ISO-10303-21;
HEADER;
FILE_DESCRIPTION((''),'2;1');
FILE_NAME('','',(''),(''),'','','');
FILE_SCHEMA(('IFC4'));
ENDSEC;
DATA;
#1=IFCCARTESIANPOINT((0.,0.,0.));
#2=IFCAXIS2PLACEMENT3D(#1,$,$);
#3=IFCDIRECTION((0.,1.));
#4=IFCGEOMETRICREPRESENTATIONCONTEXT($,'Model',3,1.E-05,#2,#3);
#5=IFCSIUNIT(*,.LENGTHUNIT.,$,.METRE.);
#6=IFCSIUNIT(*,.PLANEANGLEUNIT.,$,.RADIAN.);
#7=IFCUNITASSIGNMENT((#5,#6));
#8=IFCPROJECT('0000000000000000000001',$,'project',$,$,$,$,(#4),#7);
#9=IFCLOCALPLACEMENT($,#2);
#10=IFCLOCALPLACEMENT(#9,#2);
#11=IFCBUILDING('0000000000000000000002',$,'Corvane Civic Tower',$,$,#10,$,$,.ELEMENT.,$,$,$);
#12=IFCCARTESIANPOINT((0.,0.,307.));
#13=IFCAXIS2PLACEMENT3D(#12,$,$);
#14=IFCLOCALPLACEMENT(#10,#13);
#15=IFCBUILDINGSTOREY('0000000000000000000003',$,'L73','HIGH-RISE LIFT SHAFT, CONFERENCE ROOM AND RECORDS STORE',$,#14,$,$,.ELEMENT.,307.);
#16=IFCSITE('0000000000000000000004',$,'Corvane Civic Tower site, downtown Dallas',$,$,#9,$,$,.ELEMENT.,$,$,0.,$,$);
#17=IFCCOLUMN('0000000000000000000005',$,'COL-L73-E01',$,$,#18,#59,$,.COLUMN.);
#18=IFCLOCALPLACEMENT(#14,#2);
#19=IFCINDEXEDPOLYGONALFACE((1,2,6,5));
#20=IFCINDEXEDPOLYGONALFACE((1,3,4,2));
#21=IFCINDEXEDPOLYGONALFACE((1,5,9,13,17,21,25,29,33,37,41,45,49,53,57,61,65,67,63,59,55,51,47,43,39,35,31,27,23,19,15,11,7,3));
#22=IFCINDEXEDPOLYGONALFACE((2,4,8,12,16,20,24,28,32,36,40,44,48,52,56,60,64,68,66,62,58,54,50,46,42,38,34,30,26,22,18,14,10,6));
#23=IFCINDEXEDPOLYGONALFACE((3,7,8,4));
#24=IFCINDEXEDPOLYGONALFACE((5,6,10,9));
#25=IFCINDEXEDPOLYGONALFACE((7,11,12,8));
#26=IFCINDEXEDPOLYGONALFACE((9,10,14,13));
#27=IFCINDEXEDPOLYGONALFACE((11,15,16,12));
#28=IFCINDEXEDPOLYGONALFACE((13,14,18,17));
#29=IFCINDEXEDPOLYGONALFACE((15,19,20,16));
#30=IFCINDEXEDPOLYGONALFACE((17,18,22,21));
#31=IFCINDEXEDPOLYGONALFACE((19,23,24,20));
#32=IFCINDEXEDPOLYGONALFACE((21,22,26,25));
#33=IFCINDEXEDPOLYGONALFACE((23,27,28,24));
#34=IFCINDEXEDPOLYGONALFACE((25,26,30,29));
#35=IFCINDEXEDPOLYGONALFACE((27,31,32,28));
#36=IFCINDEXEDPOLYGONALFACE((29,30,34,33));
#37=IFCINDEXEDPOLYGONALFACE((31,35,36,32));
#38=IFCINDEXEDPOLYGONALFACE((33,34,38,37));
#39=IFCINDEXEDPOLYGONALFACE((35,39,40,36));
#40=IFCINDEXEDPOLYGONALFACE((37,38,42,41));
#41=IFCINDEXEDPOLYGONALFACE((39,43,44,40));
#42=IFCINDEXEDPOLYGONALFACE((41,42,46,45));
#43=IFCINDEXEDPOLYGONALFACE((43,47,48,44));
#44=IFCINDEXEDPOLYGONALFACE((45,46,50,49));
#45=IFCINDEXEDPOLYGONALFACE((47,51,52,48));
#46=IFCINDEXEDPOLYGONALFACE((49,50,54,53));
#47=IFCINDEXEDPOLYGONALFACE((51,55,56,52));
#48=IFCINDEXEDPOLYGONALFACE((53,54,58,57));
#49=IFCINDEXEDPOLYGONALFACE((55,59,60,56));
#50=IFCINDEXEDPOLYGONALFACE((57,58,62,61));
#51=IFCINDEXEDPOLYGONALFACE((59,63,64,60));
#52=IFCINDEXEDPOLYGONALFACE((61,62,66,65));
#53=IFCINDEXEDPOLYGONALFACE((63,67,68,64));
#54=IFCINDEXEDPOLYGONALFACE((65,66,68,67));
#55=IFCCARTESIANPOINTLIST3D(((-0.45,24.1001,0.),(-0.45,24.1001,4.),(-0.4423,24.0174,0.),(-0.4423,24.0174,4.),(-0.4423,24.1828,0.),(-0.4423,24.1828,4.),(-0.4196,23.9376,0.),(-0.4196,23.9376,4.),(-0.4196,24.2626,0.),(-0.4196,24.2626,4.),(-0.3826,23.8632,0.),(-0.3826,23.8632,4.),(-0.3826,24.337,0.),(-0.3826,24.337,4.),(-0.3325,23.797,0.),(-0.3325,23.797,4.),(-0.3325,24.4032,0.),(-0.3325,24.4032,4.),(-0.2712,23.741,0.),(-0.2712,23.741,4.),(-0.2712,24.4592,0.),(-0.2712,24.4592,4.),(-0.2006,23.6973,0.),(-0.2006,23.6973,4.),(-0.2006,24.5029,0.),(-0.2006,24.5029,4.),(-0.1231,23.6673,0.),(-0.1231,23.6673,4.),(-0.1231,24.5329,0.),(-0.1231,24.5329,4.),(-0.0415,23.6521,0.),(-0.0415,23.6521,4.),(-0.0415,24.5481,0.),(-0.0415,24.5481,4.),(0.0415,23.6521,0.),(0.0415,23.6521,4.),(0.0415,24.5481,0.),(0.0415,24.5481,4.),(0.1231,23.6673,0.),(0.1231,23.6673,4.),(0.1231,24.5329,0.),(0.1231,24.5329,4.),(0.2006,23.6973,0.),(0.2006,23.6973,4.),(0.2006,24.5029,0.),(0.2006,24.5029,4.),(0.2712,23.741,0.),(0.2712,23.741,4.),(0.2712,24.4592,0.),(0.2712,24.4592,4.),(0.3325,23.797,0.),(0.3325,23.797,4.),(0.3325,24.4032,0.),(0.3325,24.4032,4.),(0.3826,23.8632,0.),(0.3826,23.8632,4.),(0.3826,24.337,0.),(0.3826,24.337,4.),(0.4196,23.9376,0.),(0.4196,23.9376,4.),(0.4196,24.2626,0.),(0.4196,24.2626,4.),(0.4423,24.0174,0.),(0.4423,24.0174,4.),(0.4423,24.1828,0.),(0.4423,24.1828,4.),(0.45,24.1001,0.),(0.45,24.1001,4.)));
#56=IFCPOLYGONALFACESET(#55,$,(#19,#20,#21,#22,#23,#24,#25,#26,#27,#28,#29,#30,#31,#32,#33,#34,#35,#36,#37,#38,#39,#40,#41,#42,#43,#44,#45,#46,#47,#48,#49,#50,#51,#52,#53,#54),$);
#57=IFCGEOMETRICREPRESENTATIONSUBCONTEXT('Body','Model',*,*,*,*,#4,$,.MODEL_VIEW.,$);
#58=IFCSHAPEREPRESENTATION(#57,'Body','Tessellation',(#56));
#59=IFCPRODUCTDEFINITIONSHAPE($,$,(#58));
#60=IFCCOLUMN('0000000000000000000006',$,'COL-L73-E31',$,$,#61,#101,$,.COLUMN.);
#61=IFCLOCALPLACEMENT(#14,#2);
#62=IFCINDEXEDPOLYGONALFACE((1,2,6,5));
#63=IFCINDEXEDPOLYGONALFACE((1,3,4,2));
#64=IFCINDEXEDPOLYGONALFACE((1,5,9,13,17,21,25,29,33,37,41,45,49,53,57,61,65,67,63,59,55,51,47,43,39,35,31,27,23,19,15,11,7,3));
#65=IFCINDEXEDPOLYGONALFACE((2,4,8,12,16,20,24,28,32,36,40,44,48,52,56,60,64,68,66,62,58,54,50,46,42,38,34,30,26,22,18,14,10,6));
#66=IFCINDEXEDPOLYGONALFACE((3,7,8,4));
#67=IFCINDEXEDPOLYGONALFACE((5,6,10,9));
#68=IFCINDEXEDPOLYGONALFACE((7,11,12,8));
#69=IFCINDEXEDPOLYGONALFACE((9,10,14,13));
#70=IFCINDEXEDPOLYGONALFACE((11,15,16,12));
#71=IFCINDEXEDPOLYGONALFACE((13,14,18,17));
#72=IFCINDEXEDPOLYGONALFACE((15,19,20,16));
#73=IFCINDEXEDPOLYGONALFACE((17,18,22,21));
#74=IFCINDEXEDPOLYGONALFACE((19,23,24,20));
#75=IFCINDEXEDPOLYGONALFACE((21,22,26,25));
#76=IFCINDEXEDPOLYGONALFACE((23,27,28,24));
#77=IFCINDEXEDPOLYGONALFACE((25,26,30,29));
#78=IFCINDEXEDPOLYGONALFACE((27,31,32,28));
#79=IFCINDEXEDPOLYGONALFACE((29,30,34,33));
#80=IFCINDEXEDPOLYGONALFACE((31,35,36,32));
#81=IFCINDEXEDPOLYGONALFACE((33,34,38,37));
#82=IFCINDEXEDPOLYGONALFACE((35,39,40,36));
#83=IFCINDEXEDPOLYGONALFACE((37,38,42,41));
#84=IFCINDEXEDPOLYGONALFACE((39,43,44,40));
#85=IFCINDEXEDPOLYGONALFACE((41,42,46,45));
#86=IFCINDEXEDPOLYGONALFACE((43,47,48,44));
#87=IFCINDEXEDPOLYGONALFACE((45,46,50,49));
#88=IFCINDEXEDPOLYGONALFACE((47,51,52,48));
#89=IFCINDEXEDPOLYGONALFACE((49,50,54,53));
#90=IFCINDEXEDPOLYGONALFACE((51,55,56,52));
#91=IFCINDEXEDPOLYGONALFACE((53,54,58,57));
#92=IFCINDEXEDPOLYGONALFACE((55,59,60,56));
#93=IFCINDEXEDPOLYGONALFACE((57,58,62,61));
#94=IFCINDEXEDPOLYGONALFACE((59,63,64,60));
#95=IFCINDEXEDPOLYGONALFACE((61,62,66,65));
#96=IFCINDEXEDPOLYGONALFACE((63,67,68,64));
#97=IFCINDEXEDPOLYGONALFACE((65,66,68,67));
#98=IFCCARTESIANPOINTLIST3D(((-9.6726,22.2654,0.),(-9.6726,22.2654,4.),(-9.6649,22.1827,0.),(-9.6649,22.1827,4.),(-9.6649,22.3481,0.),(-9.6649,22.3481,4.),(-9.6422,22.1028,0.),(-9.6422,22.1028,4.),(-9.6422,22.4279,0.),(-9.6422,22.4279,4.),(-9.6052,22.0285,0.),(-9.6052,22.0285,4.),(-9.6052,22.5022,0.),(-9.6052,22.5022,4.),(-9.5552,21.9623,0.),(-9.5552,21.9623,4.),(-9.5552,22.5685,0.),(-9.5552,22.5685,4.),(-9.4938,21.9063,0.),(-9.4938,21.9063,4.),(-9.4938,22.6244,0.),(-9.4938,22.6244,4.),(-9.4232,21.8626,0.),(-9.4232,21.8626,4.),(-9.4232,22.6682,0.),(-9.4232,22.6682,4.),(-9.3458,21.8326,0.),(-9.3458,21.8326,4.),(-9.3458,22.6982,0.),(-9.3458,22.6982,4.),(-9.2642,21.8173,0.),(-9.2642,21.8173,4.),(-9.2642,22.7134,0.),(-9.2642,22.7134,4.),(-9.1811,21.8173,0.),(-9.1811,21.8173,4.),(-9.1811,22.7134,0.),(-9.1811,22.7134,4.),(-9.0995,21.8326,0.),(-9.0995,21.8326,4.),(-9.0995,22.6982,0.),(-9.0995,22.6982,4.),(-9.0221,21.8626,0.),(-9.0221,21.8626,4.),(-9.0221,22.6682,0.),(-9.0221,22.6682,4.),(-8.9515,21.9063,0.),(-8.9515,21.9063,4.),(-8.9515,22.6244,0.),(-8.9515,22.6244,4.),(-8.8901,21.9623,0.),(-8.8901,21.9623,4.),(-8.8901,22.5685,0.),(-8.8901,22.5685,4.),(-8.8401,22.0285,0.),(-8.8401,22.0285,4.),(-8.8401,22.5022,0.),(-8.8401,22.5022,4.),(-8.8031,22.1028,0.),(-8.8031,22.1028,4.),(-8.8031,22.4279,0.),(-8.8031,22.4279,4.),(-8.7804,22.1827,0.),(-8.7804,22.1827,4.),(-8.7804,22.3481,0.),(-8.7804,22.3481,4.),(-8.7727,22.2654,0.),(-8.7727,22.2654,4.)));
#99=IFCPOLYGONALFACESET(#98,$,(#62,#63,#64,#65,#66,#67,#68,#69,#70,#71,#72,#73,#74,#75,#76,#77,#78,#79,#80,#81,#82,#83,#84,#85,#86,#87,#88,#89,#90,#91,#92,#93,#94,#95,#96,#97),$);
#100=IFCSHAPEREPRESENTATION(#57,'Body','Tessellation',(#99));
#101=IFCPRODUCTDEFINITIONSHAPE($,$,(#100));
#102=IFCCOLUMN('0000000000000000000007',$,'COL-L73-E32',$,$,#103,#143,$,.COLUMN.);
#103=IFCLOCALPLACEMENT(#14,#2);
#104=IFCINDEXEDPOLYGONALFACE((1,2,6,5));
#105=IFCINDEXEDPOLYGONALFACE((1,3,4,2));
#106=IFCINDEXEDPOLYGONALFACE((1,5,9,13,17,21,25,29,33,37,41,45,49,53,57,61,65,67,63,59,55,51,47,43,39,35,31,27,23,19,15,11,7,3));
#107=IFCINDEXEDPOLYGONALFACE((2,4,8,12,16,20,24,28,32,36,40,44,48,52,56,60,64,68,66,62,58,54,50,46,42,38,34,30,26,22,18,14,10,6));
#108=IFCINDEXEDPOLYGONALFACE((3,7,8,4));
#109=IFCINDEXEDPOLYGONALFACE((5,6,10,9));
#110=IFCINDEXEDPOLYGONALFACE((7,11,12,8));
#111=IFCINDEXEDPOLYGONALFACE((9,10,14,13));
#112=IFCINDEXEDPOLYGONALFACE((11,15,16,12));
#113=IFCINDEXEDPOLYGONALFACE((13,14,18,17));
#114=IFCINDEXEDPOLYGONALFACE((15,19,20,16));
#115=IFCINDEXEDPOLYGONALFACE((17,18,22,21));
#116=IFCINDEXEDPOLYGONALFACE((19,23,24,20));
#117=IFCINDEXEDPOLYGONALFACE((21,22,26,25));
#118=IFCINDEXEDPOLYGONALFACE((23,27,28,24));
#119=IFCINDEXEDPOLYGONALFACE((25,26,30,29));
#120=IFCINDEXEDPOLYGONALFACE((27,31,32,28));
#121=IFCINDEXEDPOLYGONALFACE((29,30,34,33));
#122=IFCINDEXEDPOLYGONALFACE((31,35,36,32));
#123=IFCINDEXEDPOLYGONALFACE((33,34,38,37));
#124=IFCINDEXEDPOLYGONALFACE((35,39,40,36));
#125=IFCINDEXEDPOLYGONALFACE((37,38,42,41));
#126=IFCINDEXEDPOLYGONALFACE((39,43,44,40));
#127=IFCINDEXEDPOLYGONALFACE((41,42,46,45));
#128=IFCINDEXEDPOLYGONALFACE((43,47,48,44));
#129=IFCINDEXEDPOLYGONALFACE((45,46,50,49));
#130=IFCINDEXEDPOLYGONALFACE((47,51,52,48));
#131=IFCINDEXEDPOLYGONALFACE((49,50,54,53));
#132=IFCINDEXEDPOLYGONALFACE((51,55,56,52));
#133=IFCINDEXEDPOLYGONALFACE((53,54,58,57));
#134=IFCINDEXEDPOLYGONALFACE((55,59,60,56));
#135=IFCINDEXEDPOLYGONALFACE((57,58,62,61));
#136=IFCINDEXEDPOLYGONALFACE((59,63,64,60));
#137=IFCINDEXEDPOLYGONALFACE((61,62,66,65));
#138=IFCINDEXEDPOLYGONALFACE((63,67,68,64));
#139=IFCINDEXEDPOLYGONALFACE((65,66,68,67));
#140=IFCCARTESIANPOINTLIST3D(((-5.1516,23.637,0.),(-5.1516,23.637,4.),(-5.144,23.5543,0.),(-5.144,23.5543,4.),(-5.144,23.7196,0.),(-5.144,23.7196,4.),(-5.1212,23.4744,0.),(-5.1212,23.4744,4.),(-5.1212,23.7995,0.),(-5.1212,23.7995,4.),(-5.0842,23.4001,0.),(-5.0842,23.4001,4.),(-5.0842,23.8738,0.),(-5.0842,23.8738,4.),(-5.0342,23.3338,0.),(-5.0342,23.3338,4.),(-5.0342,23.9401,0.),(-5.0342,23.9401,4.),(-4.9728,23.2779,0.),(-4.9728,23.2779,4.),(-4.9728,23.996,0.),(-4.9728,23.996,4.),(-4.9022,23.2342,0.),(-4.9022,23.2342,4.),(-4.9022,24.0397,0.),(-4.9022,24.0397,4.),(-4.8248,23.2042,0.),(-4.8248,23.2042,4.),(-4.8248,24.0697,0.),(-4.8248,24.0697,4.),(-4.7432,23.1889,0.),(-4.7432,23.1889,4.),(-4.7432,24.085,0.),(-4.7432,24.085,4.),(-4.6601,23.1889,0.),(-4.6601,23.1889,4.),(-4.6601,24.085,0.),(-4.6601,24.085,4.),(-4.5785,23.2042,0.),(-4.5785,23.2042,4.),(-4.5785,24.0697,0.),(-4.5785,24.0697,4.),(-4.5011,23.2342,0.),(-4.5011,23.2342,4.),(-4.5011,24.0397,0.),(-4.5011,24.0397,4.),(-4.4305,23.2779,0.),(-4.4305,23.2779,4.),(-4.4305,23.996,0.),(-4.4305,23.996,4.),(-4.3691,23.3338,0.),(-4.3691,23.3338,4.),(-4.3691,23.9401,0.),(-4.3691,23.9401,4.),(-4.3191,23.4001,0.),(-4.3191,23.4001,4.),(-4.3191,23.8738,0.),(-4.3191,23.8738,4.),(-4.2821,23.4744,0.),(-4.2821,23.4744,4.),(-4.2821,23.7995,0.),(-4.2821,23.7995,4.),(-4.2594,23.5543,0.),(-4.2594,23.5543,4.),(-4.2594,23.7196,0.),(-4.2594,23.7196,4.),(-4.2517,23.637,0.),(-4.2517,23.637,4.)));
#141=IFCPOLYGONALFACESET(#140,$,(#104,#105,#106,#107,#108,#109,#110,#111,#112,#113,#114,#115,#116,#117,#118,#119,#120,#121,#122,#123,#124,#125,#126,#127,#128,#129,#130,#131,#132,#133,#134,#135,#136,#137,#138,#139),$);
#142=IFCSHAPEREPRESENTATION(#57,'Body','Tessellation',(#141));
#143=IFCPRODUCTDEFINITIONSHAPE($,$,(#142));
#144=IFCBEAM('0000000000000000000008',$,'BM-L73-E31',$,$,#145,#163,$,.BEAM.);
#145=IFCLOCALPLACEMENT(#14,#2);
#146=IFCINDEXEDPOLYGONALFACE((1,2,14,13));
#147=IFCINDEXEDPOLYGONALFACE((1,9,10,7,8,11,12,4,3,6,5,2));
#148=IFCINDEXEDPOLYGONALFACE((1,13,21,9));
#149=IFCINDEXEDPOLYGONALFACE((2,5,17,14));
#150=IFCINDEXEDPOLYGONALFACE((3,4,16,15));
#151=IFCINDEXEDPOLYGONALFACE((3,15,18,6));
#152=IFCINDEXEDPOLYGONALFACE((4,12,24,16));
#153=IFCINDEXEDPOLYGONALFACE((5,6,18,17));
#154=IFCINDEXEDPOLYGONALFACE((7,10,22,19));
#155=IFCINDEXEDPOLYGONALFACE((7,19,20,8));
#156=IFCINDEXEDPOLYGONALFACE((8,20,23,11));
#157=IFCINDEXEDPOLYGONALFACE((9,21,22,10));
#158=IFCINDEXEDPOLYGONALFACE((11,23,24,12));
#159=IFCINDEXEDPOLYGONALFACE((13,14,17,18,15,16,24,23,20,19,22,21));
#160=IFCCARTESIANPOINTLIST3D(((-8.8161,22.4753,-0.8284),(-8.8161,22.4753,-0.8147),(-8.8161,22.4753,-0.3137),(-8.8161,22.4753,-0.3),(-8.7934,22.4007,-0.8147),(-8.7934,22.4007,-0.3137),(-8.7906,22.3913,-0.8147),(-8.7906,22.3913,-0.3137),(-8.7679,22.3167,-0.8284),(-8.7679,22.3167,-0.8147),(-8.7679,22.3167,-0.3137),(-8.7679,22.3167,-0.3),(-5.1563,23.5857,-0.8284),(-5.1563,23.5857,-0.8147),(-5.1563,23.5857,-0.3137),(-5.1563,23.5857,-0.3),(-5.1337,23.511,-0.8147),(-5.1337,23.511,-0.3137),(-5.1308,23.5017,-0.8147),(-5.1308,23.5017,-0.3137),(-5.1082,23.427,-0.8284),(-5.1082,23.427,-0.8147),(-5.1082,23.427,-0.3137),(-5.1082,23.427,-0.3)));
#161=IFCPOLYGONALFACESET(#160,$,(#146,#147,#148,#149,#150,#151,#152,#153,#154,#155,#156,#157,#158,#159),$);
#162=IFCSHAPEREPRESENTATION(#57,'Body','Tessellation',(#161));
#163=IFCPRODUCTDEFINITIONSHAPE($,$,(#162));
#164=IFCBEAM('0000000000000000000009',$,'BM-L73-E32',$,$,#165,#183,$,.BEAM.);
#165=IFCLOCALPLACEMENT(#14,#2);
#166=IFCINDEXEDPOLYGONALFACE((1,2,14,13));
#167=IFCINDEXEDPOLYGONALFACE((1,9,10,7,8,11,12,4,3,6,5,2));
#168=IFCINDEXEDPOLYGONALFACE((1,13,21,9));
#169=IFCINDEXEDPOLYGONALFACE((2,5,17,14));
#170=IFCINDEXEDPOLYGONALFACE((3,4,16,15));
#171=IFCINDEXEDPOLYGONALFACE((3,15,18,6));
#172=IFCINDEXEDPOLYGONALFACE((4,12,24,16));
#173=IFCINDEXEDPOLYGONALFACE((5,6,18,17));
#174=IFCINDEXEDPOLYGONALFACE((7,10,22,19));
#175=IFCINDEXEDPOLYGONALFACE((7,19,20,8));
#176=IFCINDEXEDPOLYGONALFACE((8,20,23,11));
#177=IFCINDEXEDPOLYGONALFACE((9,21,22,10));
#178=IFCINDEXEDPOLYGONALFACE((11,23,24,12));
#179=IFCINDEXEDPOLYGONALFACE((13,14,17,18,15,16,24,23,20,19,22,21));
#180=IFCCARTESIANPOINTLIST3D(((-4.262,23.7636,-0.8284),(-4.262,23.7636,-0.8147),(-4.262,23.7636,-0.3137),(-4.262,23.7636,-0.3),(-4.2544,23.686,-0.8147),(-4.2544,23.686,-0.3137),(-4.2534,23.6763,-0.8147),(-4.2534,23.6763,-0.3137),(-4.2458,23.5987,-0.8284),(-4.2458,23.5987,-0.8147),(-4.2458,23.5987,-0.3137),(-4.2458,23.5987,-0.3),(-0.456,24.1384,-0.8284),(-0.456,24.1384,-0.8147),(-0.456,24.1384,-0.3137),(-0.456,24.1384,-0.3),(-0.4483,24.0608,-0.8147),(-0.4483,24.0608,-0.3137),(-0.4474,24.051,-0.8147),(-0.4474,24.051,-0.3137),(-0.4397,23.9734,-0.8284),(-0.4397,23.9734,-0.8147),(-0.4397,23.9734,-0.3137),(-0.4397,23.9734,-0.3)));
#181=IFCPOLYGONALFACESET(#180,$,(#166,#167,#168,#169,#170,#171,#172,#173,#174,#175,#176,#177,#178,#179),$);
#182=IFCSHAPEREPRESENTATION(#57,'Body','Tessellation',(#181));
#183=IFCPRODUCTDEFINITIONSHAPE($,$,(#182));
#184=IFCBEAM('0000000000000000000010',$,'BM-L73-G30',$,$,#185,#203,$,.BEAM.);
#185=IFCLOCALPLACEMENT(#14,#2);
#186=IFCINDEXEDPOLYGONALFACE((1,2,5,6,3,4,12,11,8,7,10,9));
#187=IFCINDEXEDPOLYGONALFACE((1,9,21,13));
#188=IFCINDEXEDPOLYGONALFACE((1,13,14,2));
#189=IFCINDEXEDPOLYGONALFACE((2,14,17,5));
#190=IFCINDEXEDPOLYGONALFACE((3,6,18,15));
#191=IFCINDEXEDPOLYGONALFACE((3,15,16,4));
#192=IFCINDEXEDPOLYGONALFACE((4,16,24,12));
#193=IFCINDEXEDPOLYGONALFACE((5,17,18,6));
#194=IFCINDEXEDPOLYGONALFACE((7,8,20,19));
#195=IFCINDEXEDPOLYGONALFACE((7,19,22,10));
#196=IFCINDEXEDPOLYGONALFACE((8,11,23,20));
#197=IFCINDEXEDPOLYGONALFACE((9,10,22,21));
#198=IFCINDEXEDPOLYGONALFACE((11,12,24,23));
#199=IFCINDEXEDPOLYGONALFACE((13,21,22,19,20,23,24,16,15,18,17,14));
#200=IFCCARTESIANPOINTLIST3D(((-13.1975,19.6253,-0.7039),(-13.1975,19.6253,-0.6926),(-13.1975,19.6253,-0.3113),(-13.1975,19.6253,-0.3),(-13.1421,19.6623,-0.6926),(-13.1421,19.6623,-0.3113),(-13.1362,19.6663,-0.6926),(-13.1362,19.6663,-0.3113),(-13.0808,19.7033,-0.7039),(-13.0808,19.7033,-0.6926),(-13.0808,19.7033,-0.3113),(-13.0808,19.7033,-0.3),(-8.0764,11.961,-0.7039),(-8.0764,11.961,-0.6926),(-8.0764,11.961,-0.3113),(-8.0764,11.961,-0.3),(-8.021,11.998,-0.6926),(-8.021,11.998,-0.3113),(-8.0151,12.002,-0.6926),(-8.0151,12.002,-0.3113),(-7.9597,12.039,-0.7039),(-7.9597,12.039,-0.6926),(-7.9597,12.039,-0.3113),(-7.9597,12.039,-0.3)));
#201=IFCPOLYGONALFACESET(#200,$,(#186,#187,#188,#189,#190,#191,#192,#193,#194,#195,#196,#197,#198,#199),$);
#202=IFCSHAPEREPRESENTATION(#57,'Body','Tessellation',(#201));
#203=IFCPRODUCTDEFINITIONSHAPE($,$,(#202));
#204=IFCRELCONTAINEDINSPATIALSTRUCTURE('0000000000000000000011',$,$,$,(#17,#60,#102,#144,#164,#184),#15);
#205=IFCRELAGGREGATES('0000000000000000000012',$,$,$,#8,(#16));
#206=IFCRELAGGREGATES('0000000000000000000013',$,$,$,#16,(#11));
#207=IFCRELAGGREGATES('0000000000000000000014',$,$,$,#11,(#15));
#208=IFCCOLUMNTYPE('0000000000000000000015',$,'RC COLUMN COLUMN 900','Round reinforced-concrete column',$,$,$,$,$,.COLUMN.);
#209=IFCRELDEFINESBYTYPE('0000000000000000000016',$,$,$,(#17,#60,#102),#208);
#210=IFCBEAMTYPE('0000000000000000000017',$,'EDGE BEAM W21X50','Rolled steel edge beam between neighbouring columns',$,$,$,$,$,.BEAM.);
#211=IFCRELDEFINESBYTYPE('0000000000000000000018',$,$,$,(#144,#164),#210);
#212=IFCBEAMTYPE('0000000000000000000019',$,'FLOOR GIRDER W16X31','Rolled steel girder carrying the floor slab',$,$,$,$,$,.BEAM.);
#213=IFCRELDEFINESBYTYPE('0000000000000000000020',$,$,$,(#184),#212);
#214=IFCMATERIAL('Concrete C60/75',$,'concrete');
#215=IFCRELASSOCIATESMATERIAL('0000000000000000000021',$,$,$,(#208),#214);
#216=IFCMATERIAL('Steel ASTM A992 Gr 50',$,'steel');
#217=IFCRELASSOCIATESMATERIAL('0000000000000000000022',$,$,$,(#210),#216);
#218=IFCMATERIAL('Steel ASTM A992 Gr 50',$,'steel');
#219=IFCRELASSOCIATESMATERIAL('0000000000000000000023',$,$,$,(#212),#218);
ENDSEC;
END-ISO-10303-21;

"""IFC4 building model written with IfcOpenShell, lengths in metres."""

from ifc_helpers import new_model, si_unit, direction, frame, origin, origin_2d, place, context, subcontext, project, spatial, circle, i_section, extrude, material, material_profile, profile_set, type_object, element, save


model = new_model("IFC4")

# Units and contexts
model_context = context("Model", 3, precision=1e-05, world=origin(), true_north=direction((0.0, 1.0)))
body_context = subcontext(model_context, "Body", "Model", "MODEL_VIEW")
ifc_project = project(units=[si_unit("LENGTHUNIT", "METRE"), si_unit("PLANEANGLEUNIT", "RADIAN")], contexts=[model_context])

# Site, building, storey
site_placement = place(None, origin())
site = spatial("IfcSite", under=ifc_project, at=site_placement, Name="Corvane Civic Tower site, downtown Dallas", CompositionType="ELEMENT", RefElevation=0.0)
building_placement = place(site_placement, origin())
building = spatial("IfcBuilding", under=site, at=building_placement, Name="Corvane Civic Tower", CompositionType="ELEMENT")
storey_placement = place(building_placement, frame((0.0, 0.0, 307.0)))
storey = spatial("IfcBuildingStorey", under=building, at=storey_placement, Name="L73", Description="HIGH-RISE LIFT SHAFT, CONFERENCE ROOM AND RECORDS STORE", CompositionType="ELEMENT", Elevation=307.0)

# Columns
ifc_material_1 = material(Name="Concrete C60/75", Category="concrete")
ifc_material_profile_1 = material_profile(ifc_material_1, circle(Radius=0.45, at=origin_2d()), Name="COLUMN 900")
ifc_profile_set_1 = profile_set([ifc_material_profile_1], Name="Concrete C60/75")
column_type = type_object("IfcColumnType", Name="RC COLUMN COLUMN 900", Description="Round reinforced-concrete column", PredefinedType="COLUMN", material=ifc_profile_set_1)
for number, where, z_axis, x_axis, name in (
    (1, (0.0, 24.1001, 0.0), (0.0, 0.0, 1.0), (1.0, 0.0, 0.0), "COL-L73-E01"),
    (2, (-9.2227, 22.2654, 0.0), (0.0, 0.0, 1.0), (1.0, 0.0, 0.0), "COL-L73-E31"),
    (3, (-4.7017, 23.637, 0.0), (0.0, 0.0, 1.0), (1.0, 0.0, 0.0), "COL-L73-E32"),
):
    element("IfcColumn", number, at=place(storey_placement, frame(where, z_axis=z_axis, x_axis=x_axis)), inside=storey, type_object=column_type, Name=name, PredefinedType="COLUMN", context=body_context, shape_type="SweptSolid", body=[
        extrude(circle(Radius=0.45, at=origin_2d()), origin(), (0.0, 0.0, 1.0), 4.0),
    ])

# Beams
ifc_material_2 = material(Name="Steel ASTM A992 Gr 50", Category="steel")
ifc_material_profile_2 = material_profile(ifc_material_2, i_section(OverallWidth=0.1658, OverallDepth=0.5283, WebThickness=0.0098, FlangeThickness=0.0137, at=origin_2d()), Name="W21X50")
ifc_profile_set_2 = profile_set([ifc_material_profile_2], Name="Steel ASTM A992 Gr 50")
beam_type_1 = type_object("IfcBeamType", Name="EDGE BEAM W21X50", Description="Rolled steel edge beam between neighbouring columns", PredefinedType="BEAM", material=ifc_profile_set_2)
for number, where, z_axis, x_axis, name in (
    (4, (-8.792, 22.396, -0.5642), (0.956926, 0.290333, 0.0), (-0.290333, 0.956926, 0.0), "BM-L73-E31"),
    (5, (-4.2539, 23.6812, -0.5642), (0.995188, 0.097987, 0.0), (-0.097987, 0.995188, 0.0), "BM-L73-E32"),
):
    element("IfcBeam", number, at=place(storey_placement, frame(where, z_axis=z_axis, x_axis=x_axis)), inside=storey, type_object=beam_type_1, Name=name, PredefinedType="BEAM", context=body_context, shape_type="SweptSolid", body=[
        extrude(i_section(OverallWidth=0.1658, OverallDepth=0.5283, WebThickness=0.0098, FlangeThickness=0.0137, at=origin_2d()), origin(), (0.0, 0.0, 1.0), 3.8245),
    ])
ifc_material_3 = material(Name="Steel ASTM A992 Gr 50", Category="steel")
ifc_material_profile_3 = material_profile(ifc_material_3, i_section(OverallWidth=0.1404, OverallDepth=0.4038, WebThickness=0.0071, FlangeThickness=0.0112, at=origin_2d()), Name="W16X31")
ifc_profile_set_3 = profile_set([ifc_material_profile_3], Name="Steel ASTM A992 Gr 50")
beam_type_2 = type_object("IfcBeamType", Name="FLOOR GIRDER W16X31", Description="Rolled steel girder carrying the floor slab", PredefinedType="BEAM", material=ifc_profile_set_3)
beam_1_placement = place(storey_placement, frame((-8.0181, 12.0, -0.502), z_axis=(-0.555568, 0.831471, 0.0), x_axis=(-0.831471, -0.555568, 0.0)))
element("IfcBeam", 6, at=beam_1_placement, inside=storey, type_object=beam_type_2, Name="BM-L73-G30", PredefinedType="BEAM", context=body_context, shape_type="SweptSolid", body=[
    extrude(i_section(OverallWidth=0.1404, OverallDepth=0.4038, WebThickness=0.0071, FlangeThickness=0.0112, at=origin_2d()), origin(), (0.0, 0.0, 1.0), 9.2178),
])

save(model, "model.ifc")
